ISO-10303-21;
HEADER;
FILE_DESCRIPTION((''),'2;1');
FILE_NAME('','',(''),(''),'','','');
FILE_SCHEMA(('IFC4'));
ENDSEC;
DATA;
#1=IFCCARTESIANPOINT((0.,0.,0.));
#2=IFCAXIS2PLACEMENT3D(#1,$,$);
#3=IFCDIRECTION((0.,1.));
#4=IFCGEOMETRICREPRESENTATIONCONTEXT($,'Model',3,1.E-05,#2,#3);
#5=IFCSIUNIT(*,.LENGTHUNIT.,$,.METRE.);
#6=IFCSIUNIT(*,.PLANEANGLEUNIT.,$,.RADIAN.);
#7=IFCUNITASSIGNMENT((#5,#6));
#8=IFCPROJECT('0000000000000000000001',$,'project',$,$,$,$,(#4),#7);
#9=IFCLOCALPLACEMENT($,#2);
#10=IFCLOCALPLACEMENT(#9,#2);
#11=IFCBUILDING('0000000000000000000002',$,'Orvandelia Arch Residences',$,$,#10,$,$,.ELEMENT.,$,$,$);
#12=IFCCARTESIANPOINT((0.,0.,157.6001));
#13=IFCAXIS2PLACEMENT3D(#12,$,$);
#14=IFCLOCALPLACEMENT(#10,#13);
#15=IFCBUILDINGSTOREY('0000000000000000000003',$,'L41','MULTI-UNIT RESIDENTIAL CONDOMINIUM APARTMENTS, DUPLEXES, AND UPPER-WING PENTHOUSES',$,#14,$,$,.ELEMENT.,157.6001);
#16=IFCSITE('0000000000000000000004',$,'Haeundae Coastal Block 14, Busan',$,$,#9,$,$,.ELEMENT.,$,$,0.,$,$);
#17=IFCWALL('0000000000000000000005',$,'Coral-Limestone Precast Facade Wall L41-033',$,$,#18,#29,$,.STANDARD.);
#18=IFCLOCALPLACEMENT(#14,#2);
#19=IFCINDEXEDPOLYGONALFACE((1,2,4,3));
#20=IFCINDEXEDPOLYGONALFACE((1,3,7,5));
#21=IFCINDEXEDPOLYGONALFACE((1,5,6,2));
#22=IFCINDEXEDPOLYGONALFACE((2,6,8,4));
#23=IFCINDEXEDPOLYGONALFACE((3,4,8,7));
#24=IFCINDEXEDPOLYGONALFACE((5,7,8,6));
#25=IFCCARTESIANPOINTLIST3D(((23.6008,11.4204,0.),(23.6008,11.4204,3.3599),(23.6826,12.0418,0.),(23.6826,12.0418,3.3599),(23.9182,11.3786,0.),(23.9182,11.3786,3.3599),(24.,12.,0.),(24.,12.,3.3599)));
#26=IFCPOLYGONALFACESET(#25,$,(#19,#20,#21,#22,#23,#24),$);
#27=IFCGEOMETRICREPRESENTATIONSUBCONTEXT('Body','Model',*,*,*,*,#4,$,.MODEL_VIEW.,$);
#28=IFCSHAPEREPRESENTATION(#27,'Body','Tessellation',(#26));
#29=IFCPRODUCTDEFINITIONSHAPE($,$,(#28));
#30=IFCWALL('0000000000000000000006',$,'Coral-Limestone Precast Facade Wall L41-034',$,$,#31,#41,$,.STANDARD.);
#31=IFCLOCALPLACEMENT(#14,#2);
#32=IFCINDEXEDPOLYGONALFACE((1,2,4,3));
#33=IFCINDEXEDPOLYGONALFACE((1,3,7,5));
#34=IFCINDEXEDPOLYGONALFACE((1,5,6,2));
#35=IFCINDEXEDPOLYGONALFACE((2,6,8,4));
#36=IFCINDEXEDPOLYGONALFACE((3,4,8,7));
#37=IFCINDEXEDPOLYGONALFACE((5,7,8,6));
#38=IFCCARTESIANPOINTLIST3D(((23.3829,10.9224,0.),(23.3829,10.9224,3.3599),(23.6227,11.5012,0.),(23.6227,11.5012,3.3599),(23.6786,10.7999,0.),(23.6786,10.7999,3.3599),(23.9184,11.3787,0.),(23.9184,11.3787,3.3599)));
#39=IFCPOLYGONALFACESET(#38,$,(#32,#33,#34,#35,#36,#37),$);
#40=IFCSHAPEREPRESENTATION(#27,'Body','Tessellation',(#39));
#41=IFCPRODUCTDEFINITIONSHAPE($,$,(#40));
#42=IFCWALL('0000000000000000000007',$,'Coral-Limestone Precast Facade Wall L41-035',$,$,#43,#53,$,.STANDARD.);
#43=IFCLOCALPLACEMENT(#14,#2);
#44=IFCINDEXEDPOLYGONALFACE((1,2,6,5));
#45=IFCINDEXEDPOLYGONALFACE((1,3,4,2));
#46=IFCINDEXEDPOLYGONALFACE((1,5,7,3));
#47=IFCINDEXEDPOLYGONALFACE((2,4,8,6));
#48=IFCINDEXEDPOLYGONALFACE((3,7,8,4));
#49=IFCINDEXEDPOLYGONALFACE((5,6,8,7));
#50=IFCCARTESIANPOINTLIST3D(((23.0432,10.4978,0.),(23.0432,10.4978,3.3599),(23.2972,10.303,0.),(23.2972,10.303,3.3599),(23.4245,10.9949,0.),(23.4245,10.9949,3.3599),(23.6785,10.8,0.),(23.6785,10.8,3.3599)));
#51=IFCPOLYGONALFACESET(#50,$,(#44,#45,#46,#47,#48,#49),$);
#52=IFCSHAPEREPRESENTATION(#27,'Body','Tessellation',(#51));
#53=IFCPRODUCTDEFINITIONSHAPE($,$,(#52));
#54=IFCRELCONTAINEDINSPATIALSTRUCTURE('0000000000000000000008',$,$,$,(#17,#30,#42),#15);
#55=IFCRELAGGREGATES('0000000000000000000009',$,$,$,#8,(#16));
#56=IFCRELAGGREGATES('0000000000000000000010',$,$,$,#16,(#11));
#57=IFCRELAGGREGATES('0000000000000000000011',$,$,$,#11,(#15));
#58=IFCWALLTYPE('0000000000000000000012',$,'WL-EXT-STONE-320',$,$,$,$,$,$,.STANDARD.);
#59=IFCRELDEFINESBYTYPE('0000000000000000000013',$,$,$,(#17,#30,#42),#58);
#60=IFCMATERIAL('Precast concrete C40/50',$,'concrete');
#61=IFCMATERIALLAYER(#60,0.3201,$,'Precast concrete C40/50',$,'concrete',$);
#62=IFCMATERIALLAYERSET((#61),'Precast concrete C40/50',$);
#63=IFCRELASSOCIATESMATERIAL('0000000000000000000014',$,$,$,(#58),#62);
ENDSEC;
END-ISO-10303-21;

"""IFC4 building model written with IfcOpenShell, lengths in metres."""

from ifc_helpers import new_model, si_unit, direction, frame, frame_2d, origin, place, context, subcontext, project, spatial, rectangle, extrude, material, layer, layer_set, type_object, element, save


model = new_model("IFC4")

# Units and contexts
model_context = context("Model", 3, precision=1e-05, world=origin(), true_north=direction((0.0, 1.0)))
body_context = subcontext(model_context, "Body", "Model", "MODEL_VIEW")
ifc_project = project(units=[si_unit("LENGTHUNIT", "METRE"), si_unit("PLANEANGLEUNIT", "RADIAN")], contexts=[model_context])

# Site, building, storey
site_placement = place(None, origin())
site = spatial("IfcSite", under=ifc_project, at=site_placement, Name="Haeundae Coastal Block 14, Busan", CompositionType="ELEMENT", RefElevation=0.0)
building_placement = place(site_placement, origin())
building = spatial("IfcBuilding", under=site, at=building_placement, Name="Orvandelia Arch Residences", CompositionType="ELEMENT")
storey_placement = place(building_placement, frame((0.0, 0.0, 157.6001)))
storey = spatial("IfcBuildingStorey", under=building, at=storey_placement, Name="L41", Description="MULTI-UNIT RESIDENTIAL CONDOMINIUM APARTMENTS, DUPLEXES, AND UPPER-WING PENTHOUSES", CompositionType="ELEMENT", Elevation=157.6001)

# Shared definitions
ifc_material_1 = material(Name="Precast concrete C40/50", Category="concrete")
ifc_layer = layer(ifc_material_1, 0.3201, Name="Precast concrete C40/50", Category="concrete")
ifc_layer_set = layer_set([ifc_layer], Name="Precast concrete C40/50")
wall_type = type_object("IfcWallType", Name="WL-EXT-STONE-320", PredefinedType="STANDARD", material=ifc_layer_set)

# Walls
wall_1_placement = place(storey_placement, frame((23.8413, 12.021, 0.0), z_axis=(0.0, 0.0, 1.0), x_axis=(-0.130505, -0.991448, 0.0)))
element("IfcWall", 1, at=wall_1_placement, inside=storey, type_object=wall_type, Name="Coral-Limestone Precast Facade Wall L41-033", PredefinedType="STANDARD", context=body_context, shape_type="SweptSolid", body=[
    extrude(rectangle(XDim=0.6267, YDim=0.3201, at=frame_2d((0.3135, 0.0))), origin(), (0.0, 0.0, 1.0), 3.3599),
])
for number, where, z_axis, x_axis, name in (
    (2, (23.7705, 11.4399, 0.0), (0.0, 0.0, 1.0), (-0.38265, -0.923893, 0.0), "Coral-Limestone Precast Facade Wall L41-034"),
    (3, (23.5515, 10.8975, 0.0), (0.0, 0.0, 1.0), (-0.608693, -0.793406, 0.0), "Coral-Limestone Precast Facade Wall L41-035"),
):
    element("IfcWall", number, at=place(storey_placement, frame(where, z_axis=z_axis, x_axis=x_axis)), inside=storey, type_object=wall_type, Name=name, PredefinedType="STANDARD", context=body_context, shape_type="SweptSolid", body=[
        extrude(rectangle(XDim=0.6265, YDim=0.3201, at=frame_2d((0.3132, 0.0))), origin(), (0.0, 0.0, 1.0), 3.3599),
    ])

save(model, "model.ifc")
